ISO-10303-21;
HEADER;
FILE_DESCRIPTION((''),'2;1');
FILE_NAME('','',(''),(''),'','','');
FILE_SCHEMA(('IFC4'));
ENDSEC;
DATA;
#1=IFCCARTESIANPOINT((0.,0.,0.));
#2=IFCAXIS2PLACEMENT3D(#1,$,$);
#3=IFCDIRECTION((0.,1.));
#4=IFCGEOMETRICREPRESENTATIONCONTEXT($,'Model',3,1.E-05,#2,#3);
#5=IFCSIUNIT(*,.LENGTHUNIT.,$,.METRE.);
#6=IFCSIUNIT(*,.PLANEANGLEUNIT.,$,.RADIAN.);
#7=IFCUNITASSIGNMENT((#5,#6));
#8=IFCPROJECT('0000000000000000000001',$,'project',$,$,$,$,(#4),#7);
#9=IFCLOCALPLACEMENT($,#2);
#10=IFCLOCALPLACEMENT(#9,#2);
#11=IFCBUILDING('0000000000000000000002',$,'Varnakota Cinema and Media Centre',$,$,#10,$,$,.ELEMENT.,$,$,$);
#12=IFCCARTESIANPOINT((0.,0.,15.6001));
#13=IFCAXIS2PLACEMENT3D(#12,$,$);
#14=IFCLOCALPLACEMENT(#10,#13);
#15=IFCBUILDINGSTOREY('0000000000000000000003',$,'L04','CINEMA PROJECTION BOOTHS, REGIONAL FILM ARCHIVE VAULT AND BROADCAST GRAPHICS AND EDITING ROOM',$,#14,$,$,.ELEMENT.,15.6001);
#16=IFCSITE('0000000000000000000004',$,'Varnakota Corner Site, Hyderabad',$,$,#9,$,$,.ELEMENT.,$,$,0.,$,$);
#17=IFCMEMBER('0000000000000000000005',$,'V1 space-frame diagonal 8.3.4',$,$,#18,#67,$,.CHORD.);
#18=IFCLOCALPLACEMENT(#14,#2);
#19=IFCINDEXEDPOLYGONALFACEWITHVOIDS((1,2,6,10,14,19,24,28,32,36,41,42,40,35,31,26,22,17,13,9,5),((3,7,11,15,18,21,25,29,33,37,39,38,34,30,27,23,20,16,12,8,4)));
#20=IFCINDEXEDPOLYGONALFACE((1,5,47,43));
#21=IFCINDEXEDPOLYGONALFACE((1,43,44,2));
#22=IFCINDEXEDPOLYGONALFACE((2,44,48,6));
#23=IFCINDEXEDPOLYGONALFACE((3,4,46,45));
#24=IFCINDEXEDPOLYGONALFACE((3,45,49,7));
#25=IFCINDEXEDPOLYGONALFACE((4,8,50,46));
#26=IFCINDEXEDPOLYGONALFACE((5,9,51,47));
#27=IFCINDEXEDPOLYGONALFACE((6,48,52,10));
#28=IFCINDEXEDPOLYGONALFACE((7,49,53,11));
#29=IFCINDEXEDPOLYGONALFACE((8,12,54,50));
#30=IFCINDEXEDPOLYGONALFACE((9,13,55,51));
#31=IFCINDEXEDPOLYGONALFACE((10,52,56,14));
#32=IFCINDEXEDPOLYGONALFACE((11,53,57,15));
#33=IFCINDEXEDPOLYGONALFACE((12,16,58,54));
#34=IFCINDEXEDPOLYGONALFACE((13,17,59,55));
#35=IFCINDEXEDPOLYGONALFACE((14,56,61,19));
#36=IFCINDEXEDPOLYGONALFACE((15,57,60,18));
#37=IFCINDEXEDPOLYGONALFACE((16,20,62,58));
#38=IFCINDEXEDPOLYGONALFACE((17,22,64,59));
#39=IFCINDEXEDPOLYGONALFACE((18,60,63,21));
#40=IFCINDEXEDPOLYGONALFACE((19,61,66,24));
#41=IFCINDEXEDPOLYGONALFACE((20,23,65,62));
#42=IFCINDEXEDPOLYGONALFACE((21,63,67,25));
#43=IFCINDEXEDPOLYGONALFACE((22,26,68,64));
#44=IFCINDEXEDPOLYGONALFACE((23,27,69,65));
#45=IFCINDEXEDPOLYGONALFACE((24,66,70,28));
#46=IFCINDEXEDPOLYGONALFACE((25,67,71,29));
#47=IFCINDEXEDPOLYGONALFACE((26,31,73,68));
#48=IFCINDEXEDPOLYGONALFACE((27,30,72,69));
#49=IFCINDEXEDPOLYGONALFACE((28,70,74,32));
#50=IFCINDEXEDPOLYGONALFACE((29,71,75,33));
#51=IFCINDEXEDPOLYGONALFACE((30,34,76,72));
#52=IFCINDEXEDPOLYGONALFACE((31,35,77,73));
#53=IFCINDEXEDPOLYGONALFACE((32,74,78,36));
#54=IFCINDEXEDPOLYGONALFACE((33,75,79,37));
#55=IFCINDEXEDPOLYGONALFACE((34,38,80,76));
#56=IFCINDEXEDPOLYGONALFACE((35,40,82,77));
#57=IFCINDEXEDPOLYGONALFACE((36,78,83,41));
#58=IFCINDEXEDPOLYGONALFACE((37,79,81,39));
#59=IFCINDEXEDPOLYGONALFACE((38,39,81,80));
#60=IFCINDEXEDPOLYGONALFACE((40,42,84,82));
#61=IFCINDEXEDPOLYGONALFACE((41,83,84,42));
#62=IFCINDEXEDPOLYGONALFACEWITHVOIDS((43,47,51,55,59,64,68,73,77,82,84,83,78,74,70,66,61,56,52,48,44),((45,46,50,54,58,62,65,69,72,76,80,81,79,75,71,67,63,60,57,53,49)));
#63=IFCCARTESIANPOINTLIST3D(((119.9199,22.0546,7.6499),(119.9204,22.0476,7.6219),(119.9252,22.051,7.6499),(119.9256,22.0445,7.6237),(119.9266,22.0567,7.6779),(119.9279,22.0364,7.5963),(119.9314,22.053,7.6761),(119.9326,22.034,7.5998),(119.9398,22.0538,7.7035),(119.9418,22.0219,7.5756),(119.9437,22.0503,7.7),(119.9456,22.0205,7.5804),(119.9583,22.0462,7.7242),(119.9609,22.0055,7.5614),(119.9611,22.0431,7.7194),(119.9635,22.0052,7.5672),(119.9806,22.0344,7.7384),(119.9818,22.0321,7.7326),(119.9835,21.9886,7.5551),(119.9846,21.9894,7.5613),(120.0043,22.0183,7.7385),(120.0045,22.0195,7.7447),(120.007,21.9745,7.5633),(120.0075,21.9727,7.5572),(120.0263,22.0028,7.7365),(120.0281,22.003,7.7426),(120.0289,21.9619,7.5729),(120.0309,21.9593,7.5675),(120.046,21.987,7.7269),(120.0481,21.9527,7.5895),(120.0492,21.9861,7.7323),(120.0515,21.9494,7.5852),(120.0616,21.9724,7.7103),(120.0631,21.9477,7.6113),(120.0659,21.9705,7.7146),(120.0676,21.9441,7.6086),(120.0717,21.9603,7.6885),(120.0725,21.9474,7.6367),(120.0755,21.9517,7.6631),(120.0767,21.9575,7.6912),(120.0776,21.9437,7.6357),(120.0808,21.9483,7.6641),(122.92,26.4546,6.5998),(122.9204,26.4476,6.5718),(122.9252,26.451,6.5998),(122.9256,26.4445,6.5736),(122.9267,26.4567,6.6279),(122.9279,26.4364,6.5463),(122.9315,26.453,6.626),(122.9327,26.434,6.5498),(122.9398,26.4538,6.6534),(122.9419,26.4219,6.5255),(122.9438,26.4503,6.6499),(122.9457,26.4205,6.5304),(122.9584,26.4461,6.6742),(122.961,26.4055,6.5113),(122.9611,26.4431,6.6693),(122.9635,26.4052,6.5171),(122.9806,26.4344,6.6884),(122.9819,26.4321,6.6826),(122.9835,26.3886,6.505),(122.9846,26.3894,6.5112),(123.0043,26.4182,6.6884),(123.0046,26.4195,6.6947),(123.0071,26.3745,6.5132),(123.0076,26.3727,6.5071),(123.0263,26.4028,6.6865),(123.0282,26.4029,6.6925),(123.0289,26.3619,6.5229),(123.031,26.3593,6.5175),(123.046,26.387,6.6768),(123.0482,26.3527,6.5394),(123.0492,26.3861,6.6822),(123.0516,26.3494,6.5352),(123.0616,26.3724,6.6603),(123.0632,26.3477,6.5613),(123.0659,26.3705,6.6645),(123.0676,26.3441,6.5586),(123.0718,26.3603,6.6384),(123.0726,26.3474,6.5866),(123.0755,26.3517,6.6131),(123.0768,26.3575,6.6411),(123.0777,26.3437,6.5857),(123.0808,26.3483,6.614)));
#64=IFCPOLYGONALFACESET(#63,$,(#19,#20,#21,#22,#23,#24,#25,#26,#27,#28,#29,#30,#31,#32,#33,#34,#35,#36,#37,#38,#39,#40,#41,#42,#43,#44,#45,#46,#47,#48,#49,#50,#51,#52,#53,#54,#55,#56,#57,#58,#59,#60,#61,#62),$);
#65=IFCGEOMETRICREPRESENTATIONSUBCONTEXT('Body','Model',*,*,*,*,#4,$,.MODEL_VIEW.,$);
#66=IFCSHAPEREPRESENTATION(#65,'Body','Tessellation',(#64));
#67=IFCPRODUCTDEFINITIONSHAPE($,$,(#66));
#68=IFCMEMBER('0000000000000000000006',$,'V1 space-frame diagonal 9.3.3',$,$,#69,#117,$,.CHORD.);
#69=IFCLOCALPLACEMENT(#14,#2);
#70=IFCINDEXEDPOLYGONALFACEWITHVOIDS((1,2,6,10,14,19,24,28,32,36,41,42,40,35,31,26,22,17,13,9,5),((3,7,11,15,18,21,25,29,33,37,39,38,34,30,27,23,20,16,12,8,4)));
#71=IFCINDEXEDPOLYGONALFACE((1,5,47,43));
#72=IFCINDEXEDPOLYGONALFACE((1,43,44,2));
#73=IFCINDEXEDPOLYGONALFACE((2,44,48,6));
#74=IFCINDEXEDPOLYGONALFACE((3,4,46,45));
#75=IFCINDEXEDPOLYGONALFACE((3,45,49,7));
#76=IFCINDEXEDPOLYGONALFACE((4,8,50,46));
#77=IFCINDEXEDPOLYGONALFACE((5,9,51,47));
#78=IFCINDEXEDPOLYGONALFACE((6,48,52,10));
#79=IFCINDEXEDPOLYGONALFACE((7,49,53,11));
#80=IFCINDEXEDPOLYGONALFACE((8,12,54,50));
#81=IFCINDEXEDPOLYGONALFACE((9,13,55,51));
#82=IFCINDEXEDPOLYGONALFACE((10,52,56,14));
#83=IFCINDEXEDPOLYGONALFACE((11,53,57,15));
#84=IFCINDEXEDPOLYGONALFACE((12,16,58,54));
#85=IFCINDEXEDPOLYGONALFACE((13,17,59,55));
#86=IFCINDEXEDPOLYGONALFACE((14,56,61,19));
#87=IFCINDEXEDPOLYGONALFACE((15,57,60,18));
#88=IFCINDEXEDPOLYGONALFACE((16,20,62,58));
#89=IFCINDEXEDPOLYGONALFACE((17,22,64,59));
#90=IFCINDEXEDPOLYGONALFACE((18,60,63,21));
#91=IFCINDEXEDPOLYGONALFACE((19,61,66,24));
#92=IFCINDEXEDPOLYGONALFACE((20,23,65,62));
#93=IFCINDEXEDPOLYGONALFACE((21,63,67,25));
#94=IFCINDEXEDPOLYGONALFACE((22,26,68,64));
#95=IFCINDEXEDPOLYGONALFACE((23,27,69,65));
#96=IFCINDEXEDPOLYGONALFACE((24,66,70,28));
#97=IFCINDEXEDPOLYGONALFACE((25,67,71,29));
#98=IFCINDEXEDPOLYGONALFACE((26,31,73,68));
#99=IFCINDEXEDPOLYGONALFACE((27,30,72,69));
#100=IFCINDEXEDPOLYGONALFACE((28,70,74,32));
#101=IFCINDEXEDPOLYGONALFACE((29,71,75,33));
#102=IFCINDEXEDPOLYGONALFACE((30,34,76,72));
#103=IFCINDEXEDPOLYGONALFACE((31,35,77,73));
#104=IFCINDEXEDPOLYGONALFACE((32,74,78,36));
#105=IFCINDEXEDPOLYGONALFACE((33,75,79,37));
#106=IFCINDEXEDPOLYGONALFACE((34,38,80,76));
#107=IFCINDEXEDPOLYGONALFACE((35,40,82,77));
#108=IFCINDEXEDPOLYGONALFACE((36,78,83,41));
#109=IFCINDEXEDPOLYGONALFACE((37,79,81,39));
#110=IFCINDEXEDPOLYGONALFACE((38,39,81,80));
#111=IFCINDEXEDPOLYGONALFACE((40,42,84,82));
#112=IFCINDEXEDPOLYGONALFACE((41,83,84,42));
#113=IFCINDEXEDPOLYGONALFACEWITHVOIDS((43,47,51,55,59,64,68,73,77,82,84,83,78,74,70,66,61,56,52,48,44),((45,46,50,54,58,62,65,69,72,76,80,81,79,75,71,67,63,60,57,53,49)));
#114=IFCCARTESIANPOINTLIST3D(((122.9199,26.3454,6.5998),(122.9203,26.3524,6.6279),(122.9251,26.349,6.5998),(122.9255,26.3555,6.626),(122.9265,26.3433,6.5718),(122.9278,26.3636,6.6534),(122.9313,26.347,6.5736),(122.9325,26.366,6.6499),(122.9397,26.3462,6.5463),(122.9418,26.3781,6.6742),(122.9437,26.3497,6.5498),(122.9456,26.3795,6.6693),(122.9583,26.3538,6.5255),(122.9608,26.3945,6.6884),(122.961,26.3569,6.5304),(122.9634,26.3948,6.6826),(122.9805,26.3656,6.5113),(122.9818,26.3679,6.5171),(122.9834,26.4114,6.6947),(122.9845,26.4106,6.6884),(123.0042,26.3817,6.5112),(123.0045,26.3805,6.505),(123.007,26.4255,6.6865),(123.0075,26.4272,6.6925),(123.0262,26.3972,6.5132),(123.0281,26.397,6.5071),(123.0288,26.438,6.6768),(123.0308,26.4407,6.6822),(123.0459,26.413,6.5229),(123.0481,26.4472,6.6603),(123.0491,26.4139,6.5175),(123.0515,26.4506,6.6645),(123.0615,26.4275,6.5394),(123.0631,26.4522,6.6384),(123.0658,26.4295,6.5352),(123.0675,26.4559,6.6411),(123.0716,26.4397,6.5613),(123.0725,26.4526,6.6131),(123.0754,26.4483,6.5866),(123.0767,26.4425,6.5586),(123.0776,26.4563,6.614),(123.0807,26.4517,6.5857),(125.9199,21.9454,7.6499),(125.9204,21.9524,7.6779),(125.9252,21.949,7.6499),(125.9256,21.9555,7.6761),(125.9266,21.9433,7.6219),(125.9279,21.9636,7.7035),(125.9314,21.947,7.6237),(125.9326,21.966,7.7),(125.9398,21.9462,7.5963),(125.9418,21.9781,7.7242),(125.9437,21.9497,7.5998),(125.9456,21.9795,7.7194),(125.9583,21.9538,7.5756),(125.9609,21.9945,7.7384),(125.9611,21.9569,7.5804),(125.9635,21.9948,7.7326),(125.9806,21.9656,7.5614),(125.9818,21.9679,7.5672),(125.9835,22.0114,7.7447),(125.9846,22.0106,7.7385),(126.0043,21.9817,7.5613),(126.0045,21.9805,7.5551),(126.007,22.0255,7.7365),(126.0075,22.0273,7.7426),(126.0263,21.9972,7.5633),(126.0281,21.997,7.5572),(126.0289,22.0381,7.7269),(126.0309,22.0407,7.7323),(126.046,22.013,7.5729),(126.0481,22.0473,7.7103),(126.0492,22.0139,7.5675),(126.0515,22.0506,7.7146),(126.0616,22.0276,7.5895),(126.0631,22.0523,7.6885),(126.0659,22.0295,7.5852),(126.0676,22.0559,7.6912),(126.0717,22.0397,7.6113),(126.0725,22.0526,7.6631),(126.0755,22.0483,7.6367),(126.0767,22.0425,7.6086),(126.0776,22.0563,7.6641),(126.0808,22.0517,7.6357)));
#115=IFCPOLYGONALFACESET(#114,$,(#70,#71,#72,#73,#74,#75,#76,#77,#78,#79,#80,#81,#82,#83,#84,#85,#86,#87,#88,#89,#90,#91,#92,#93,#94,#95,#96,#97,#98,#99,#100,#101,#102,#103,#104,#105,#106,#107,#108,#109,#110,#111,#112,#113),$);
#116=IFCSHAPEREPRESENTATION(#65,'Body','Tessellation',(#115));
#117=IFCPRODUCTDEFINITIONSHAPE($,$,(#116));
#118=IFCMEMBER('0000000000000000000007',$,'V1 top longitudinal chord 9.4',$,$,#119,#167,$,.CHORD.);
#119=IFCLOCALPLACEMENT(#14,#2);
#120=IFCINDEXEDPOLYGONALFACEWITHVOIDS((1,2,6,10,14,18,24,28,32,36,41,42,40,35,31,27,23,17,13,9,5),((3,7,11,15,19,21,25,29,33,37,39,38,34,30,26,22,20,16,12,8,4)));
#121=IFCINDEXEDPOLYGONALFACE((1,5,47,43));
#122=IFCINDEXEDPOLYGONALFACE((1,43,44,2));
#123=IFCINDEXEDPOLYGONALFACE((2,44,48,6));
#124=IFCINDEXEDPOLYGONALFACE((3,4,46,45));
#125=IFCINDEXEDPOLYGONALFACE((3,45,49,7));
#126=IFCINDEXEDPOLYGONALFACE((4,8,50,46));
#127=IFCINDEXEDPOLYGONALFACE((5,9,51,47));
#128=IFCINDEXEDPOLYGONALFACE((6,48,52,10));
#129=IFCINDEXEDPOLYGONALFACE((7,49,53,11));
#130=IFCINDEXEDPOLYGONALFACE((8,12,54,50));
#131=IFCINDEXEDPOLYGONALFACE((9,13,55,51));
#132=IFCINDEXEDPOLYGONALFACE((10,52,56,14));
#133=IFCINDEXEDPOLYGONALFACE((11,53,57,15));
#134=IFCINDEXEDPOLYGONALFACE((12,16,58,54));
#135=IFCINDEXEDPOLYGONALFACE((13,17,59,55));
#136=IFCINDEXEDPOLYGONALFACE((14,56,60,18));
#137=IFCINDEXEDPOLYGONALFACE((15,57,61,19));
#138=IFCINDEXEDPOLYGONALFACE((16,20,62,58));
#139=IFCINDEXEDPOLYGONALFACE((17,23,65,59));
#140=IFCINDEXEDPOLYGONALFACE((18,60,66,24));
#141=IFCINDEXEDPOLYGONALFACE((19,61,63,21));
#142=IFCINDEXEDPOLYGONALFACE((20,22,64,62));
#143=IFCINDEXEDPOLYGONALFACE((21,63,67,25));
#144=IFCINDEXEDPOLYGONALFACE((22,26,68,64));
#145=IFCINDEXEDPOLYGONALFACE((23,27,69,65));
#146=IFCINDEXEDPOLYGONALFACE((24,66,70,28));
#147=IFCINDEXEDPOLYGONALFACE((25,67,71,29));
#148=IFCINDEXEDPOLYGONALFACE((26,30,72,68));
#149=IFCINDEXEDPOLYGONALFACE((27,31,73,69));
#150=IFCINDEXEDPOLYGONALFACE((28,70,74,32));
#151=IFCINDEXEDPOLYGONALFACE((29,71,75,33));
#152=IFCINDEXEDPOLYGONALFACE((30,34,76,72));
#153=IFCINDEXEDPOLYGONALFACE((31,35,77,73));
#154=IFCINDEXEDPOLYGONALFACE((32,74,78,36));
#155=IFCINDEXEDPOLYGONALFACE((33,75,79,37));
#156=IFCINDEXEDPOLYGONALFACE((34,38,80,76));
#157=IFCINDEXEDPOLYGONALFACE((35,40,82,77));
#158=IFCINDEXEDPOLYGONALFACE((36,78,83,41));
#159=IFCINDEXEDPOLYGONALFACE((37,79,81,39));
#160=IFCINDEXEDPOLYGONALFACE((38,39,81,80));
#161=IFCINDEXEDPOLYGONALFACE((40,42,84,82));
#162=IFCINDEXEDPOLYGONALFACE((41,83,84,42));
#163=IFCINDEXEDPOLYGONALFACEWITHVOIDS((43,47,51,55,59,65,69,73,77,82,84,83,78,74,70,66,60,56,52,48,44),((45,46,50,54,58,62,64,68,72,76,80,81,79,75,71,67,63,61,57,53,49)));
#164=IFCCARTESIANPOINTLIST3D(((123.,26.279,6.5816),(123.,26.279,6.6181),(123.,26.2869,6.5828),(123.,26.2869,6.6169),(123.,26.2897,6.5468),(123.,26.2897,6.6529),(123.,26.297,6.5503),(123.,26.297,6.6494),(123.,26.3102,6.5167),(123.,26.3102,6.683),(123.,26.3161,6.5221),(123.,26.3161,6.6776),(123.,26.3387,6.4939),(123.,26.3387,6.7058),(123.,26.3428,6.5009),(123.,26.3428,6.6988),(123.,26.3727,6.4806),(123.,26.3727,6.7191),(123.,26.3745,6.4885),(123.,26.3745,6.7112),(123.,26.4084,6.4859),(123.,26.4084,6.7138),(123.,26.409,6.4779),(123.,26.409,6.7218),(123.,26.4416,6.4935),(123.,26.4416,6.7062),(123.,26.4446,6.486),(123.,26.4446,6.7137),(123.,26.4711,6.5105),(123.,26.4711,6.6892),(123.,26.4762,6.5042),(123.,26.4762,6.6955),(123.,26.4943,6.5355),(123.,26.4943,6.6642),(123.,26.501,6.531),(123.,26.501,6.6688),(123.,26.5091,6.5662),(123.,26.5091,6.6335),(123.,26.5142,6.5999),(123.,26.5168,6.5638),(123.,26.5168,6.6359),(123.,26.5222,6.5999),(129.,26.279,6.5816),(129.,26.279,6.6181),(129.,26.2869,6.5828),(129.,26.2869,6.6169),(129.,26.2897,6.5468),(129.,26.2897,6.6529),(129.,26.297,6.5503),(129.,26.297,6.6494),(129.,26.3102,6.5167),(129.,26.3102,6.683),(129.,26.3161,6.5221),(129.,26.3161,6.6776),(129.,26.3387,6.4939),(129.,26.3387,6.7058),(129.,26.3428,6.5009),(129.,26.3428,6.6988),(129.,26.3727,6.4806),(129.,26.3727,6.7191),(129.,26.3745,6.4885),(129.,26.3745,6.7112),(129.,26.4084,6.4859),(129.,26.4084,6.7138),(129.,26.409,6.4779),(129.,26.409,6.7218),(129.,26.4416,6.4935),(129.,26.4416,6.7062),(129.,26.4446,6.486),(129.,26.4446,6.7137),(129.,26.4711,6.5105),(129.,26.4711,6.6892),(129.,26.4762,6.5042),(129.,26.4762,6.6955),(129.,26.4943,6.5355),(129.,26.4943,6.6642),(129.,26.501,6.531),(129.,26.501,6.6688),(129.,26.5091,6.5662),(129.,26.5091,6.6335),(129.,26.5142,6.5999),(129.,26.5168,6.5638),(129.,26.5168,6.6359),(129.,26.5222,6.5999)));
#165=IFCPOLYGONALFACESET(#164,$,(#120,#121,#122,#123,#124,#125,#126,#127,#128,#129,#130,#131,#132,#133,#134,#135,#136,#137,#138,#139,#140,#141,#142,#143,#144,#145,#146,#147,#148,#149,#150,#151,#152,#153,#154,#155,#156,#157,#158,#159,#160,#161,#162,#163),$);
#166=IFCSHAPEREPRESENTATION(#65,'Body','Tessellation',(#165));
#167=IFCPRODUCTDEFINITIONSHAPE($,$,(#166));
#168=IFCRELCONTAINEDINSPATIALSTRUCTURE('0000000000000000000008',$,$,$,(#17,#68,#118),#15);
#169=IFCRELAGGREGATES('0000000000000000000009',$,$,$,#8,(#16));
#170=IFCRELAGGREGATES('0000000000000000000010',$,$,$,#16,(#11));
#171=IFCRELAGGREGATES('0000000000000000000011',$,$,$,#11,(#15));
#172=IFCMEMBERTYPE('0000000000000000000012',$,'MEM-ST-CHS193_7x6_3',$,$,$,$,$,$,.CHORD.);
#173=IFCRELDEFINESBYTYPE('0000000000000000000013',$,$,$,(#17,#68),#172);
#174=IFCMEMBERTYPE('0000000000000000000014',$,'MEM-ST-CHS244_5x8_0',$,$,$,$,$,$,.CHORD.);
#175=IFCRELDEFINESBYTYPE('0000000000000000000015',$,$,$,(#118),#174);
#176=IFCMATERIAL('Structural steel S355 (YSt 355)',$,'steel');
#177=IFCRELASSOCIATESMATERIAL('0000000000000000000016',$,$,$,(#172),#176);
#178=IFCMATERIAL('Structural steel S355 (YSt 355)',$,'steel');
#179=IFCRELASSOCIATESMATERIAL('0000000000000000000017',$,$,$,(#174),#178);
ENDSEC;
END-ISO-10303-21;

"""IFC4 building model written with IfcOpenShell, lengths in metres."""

from ifc_helpers import new_model, si_unit, direction, frame, origin, origin_2d, place, context, subcontext, project, spatial, hollow_circle, extrude, material, material_profile, profile_set, type_object, element, save


model = new_model("IFC4")

# Units and contexts
model_context = context("Model", 3, precision=1e-05, world=origin(), true_north=direction((0.0, 1.0)))
body_context = subcontext(model_context, "Body", "Model", "MODEL_VIEW")
ifc_project = project(units=[si_unit("LENGTHUNIT", "METRE"), si_unit("PLANEANGLEUNIT", "RADIAN")], contexts=[model_context])

# Site, building, storey
site_placement = place(None, origin())
site = spatial("IfcSite", under=ifc_project, at=site_placement, Name="Varnakota Corner Site, Hyderabad", CompositionType="ELEMENT", RefElevation=0.0)
building_placement = place(site_placement, origin())
building = spatial("IfcBuilding", under=site, at=building_placement, Name="Varnakota Cinema and Media Centre", CompositionType="ELEMENT")
storey_placement = place(building_placement, frame((0.0, 0.0, 15.6001)))
storey = spatial("IfcBuildingStorey", under=building, at=storey_placement, Name="L04", Description="CINEMA PROJECTION BOOTHS, REGIONAL FILM ARCHIVE VAULT AND BROADCAST GRAPHICS AND EDITING ROOM", CompositionType="ELEMENT", Elevation=15.6001)

# Members
ifc_material_1 = material(Name="Structural steel S355 (YSt 355)", Category="steel")
ifc_material_profile_1 = material_profile(ifc_material_1, hollow_circle(Radius=0.0969, WallThickness=0.0063, at=origin_2d()), Name="CHS 193.7x6.3")
ifc_profile_set_1 = profile_set([ifc_material_profile_1], Name="Structural steel S355 (YSt 355)")
member_type_1 = type_object("IfcMemberType", Name="MEM-ST-CHS193_7x6_3", PredefinedType="CHORD", material=ifc_profile_set_1)
for number, where, z_axis, x_axis, name in (
    (1, (120.0, 22.0, 7.6499), (0.552703, 0.810613, -0.193455), (-0.826222, 0.563345, 0.0), "V1 space-frame diagonal 8.3.4"),
    (2, (126.0, 22.0, 7.6499), (-0.552703, 0.810613, -0.193455), (-0.826222, -0.563345, 0.0), "V1 space-frame diagonal 9.3.3"),
):
    element("IfcMember", number, at=place(storey_placement, frame(where, z_axis=z_axis, x_axis=x_axis)), inside=storey, type_object=member_type_1, Name=name, PredefinedType="CHORD", context=body_context, shape_type="SweptSolid", body=[
        extrude(hollow_circle(Radius=0.0969, WallThickness=0.0063, at=origin_2d()), origin(), (0.0, 0.0, 1.0), 5.428),
    ])
ifc_material_2 = material(Name="Structural steel S355 (YSt 355)", Category="steel")
ifc_material_profile_2 = material_profile(ifc_material_2, hollow_circle(Radius=0.1223, WallThickness=0.0081, at=origin_2d()), Name="CHS 244.5x8.0")
ifc_profile_set_2 = profile_set([ifc_material_profile_2], Name="Structural steel S355 (YSt 355)")
member_type_2 = type_object("IfcMemberType", Name="MEM-ST-CHS244_5x8_0", PredefinedType="CHORD", material=ifc_profile_set_2)
member_1_placement = place(storey_placement, frame((123.0, 26.3999, 6.5999), z_axis=(1.0, 0.0, 0.0), x_axis=(0.0, 1.0, 0.0)))
element("IfcMember", 3, at=member_1_placement, inside=storey, type_object=member_type_2, Name="V1 top longitudinal chord 9.4", PredefinedType="CHORD", context=body_context, shape_type="SweptSolid", body=[
    extrude(hollow_circle(Radius=0.1223, WallThickness=0.0081, at=origin_2d()), origin(), (0.0, 0.0, 1.0), 6.0),
])

save(model, "model.ifc")
